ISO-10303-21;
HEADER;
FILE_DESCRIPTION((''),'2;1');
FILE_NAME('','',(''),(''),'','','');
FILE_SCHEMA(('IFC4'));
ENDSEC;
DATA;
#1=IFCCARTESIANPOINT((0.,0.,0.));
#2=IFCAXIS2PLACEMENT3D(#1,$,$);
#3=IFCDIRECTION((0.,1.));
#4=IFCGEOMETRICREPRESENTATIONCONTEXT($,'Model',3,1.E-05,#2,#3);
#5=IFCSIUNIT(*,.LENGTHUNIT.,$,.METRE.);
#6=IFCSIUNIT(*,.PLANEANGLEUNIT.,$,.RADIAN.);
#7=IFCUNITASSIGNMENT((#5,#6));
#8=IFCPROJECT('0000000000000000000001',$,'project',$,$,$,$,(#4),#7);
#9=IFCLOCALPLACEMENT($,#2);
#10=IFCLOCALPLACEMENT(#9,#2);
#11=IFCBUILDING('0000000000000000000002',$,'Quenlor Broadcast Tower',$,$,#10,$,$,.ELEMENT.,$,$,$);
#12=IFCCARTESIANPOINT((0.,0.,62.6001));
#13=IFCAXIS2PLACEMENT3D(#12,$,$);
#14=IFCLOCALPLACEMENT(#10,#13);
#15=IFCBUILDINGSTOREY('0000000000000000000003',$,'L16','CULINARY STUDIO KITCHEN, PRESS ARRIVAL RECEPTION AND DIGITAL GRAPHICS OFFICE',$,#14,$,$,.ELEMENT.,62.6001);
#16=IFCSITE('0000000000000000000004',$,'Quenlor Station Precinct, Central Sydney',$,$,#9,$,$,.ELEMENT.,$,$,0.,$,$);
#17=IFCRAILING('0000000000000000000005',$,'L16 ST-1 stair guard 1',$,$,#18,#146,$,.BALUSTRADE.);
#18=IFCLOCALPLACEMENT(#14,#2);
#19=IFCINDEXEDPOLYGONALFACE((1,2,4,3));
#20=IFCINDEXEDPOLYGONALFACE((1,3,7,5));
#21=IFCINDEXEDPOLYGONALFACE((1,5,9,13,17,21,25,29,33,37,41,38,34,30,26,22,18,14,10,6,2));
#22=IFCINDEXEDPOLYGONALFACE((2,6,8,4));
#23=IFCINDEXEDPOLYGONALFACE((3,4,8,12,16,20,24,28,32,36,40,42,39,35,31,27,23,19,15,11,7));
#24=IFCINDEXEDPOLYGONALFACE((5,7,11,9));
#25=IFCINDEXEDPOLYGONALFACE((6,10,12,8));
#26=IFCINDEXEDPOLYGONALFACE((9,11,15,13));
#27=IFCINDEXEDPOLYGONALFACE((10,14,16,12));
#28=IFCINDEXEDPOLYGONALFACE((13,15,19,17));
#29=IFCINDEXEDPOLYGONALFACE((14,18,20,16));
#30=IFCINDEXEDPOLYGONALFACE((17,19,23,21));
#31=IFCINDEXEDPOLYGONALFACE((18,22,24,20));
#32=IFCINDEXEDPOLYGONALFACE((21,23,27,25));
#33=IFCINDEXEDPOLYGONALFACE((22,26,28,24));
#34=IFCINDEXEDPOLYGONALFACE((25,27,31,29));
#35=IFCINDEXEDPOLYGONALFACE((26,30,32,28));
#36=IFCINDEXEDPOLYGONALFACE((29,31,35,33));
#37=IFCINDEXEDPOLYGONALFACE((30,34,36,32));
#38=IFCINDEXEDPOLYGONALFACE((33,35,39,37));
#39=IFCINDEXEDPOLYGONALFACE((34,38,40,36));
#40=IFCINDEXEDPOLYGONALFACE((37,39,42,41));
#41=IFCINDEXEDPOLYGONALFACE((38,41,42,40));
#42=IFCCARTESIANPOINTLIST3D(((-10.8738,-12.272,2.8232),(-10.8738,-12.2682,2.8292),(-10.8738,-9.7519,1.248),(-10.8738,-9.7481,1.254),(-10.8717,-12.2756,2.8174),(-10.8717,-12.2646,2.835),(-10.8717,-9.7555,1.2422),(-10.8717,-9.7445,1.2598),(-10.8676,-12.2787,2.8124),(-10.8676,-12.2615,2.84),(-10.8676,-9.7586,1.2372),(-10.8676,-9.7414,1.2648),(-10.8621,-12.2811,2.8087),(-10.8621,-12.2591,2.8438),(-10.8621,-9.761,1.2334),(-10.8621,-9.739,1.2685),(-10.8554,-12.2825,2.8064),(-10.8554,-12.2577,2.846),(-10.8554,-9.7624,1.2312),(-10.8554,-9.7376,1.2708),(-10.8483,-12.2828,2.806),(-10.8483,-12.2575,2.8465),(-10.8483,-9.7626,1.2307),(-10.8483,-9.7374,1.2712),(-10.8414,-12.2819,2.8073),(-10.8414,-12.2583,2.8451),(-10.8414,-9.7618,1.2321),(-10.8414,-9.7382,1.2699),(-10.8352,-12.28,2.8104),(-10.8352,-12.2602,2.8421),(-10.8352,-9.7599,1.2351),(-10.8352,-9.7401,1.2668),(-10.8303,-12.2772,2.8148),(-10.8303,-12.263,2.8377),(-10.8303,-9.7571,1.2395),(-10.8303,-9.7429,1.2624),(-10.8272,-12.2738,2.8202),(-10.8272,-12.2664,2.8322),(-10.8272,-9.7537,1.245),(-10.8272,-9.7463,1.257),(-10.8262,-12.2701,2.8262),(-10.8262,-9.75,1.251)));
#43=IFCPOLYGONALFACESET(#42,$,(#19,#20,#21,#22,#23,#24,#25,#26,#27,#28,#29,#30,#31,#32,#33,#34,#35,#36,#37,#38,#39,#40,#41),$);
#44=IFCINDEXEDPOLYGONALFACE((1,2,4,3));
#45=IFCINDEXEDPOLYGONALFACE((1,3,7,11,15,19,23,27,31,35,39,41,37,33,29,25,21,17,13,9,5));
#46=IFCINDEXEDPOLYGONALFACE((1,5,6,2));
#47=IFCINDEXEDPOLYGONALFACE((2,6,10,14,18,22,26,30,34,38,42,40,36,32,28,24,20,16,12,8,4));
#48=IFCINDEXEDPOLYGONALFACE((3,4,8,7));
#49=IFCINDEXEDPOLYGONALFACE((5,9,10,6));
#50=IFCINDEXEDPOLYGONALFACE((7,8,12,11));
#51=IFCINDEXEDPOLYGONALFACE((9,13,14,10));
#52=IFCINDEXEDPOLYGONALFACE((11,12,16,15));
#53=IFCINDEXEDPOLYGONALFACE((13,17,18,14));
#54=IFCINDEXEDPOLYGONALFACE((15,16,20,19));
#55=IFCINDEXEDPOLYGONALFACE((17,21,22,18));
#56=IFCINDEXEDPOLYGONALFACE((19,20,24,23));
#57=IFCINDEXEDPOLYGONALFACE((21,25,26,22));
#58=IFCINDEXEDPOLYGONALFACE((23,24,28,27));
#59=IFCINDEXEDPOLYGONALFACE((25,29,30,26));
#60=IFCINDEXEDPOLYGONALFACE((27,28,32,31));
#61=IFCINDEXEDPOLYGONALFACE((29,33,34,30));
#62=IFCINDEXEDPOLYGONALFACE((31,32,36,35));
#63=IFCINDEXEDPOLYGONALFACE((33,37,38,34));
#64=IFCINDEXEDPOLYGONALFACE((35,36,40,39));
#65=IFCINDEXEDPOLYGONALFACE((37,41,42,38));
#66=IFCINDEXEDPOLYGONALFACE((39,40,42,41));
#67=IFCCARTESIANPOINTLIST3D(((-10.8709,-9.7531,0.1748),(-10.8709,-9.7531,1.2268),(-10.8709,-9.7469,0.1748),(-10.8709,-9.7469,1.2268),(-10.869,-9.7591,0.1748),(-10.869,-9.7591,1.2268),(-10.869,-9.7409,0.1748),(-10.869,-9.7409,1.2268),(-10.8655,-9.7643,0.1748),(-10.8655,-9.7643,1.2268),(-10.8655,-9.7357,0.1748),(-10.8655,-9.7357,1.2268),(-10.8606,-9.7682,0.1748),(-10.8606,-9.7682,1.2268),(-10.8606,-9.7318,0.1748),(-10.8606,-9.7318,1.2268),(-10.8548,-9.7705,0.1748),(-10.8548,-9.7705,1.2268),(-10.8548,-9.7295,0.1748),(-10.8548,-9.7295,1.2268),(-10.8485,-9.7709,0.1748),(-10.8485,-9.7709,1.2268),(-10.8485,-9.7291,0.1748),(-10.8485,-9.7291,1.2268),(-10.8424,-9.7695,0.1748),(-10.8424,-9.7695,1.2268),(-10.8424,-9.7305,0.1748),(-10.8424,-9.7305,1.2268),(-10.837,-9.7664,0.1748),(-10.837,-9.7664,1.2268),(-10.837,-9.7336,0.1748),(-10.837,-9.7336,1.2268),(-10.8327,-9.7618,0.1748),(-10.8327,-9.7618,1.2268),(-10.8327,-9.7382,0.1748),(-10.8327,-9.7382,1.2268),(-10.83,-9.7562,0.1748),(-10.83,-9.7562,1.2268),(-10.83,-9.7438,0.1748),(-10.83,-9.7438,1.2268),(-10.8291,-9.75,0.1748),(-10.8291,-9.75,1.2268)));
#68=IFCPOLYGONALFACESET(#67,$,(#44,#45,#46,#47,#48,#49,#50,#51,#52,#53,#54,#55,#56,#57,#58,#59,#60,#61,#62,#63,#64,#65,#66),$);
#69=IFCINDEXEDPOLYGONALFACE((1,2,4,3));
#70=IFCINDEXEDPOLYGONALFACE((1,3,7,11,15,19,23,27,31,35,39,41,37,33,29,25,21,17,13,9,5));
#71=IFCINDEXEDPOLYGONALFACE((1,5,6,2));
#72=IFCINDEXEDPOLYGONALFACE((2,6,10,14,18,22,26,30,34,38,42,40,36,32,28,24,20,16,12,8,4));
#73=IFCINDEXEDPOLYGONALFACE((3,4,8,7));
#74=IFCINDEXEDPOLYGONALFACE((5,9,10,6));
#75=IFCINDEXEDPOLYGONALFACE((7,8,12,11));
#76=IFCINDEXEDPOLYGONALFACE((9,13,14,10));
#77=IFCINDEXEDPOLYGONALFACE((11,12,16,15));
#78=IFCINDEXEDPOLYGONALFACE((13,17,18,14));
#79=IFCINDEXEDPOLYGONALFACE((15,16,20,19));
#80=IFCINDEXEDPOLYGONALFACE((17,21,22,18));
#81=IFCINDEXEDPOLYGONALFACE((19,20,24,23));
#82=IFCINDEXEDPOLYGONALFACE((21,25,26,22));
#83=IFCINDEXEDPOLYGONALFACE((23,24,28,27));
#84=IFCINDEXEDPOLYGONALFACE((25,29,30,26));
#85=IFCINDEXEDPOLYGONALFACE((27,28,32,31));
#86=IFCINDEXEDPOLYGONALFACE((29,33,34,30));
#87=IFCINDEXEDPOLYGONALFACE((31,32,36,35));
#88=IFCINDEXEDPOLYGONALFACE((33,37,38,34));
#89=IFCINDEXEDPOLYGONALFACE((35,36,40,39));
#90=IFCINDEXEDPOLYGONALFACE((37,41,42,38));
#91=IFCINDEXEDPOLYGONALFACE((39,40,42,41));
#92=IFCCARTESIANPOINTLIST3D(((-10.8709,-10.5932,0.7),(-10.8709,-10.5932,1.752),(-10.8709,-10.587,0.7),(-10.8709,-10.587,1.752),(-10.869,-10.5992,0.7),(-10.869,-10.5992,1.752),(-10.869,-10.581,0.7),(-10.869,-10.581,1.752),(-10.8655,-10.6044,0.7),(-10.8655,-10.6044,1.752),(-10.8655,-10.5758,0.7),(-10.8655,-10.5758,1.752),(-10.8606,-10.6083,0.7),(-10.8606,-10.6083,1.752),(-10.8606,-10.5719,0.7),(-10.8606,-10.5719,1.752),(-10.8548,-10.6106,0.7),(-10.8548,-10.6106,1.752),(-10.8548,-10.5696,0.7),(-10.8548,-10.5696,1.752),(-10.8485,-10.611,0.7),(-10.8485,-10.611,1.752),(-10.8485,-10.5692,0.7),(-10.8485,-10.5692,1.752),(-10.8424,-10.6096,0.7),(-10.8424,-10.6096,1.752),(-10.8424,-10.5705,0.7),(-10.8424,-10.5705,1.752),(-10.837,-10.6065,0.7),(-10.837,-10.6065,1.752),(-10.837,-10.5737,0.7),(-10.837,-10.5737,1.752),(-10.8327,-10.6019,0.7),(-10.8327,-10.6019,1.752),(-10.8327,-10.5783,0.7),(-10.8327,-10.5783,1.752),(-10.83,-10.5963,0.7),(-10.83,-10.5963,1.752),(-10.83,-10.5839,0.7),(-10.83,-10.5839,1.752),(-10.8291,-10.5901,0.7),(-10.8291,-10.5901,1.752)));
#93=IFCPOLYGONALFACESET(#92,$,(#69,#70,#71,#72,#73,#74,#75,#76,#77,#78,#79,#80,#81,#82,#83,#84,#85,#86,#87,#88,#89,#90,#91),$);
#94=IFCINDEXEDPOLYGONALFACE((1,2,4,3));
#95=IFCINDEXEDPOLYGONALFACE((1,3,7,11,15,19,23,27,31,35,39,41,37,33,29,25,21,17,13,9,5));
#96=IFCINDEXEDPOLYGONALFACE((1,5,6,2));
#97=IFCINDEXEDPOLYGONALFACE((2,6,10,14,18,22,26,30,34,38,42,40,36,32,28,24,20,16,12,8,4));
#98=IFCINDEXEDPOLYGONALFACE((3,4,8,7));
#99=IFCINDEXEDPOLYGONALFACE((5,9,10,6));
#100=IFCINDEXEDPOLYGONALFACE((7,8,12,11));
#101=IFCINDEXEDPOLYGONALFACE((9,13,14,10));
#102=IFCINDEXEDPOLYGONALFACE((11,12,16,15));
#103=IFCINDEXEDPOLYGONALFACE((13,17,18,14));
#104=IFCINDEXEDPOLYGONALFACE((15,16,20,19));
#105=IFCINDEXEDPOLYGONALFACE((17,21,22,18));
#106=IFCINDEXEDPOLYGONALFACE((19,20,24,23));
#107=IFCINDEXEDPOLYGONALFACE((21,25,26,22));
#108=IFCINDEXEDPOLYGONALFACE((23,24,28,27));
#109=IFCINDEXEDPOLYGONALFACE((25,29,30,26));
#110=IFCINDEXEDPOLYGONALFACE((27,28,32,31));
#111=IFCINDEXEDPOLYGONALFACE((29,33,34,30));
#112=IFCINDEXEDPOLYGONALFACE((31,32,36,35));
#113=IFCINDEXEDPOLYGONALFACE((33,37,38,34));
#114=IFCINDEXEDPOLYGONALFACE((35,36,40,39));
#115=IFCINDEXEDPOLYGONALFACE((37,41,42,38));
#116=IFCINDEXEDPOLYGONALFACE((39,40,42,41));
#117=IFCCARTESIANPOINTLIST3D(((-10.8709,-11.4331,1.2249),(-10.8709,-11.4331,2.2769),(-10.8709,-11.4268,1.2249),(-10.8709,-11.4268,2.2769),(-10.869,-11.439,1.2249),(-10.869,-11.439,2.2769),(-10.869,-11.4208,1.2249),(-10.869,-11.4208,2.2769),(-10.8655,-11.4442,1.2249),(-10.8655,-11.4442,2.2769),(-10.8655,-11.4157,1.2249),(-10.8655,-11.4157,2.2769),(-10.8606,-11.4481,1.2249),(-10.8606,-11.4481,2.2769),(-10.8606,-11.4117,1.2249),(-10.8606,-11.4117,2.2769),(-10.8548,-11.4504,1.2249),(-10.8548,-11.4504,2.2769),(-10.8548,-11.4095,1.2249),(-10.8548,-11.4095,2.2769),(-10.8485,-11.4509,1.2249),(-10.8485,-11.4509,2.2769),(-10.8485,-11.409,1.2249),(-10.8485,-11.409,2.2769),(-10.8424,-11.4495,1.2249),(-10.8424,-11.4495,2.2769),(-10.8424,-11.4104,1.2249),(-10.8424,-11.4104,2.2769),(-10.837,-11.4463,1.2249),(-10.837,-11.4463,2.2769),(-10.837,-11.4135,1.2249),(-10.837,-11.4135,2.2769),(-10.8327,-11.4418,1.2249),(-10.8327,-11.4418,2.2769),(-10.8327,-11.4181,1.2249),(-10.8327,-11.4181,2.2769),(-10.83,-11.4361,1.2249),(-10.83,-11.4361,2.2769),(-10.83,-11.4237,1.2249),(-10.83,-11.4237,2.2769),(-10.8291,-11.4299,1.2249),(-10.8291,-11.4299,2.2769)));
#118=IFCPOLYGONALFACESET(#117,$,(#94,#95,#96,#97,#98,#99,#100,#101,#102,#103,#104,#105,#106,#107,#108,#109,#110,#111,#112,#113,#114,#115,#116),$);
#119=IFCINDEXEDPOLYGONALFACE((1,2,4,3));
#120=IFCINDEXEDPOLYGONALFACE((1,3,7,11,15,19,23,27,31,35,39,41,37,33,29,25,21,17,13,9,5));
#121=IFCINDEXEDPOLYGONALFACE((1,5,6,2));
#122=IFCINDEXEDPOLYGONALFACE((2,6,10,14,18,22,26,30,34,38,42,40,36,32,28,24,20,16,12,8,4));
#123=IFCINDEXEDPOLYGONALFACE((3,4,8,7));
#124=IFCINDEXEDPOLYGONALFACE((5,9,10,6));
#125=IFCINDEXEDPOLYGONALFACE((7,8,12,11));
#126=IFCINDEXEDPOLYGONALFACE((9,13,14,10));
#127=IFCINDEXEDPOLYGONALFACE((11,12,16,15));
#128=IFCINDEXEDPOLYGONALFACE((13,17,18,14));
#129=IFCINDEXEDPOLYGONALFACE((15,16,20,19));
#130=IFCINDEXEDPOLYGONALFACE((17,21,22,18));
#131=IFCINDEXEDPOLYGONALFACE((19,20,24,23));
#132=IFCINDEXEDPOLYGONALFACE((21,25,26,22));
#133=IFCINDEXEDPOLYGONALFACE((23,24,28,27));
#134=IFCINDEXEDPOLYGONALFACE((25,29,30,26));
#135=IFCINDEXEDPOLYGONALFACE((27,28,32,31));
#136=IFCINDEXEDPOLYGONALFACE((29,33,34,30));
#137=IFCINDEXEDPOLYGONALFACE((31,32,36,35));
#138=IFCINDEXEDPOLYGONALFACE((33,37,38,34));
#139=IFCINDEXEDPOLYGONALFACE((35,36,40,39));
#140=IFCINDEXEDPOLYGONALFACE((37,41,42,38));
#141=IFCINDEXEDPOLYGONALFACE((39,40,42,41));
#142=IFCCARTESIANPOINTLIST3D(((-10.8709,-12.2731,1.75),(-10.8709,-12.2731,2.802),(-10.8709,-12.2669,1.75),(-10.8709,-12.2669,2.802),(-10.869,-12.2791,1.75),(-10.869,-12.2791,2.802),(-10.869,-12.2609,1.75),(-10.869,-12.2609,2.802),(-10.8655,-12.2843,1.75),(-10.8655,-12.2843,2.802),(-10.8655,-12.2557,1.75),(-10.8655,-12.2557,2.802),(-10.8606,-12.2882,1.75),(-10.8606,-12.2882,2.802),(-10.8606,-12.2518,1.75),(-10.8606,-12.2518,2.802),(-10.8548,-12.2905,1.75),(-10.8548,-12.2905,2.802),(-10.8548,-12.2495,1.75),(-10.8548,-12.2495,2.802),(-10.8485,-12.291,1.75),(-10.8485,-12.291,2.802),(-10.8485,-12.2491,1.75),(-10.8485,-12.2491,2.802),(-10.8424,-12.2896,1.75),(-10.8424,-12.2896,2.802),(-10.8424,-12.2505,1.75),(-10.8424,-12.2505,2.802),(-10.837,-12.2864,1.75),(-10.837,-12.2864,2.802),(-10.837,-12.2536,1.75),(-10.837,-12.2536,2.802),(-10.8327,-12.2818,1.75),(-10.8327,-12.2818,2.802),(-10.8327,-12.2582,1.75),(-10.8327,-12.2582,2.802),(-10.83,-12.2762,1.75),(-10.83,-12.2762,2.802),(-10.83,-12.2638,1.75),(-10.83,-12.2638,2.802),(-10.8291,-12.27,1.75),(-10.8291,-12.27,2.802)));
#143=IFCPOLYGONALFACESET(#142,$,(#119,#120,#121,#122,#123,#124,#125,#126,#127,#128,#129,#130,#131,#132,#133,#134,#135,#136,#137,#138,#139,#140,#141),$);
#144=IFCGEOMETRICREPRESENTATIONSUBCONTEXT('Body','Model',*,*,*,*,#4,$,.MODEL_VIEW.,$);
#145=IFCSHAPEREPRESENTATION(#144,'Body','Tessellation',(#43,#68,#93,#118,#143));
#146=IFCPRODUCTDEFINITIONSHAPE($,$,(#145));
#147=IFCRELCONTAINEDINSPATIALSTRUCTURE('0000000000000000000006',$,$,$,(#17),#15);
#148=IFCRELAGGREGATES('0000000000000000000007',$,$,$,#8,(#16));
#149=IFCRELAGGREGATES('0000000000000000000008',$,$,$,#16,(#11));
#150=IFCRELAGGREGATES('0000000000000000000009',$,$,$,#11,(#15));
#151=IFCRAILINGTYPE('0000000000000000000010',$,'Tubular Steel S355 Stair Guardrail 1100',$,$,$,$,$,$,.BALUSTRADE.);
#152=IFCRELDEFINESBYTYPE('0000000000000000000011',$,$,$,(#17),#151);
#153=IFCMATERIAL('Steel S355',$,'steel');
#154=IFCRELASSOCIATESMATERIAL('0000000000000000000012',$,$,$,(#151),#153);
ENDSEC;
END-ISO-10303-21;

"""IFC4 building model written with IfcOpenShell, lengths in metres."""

from ifc_helpers import new_model, si_unit, direction, frame, origin, origin_2d, place, context, subcontext, project, spatial, circle, extrude, material, type_object, element, save


model = new_model("IFC4")

# Units and contexts
model_context = context("Model", 3, precision=1e-05, world=origin(), true_north=direction((0.0, 1.0)))
body_context = subcontext(model_context, "Body", "Model", "MODEL_VIEW")
ifc_project = project(units=[si_unit("LENGTHUNIT", "METRE"), si_unit("PLANEANGLEUNIT", "RADIAN")], contexts=[model_context])

# Site, building, storey
site_placement = place(None, origin())
site = spatial("IfcSite", under=ifc_project, at=site_placement, Name="Quenlor Station Precinct, Central Sydney", CompositionType="ELEMENT", RefElevation=0.0)
building_placement = place(site_placement, origin())
building = spatial("IfcBuilding", under=site, at=building_placement, Name="Quenlor Broadcast Tower", CompositionType="ELEMENT")
storey_placement = place(building_placement, frame((0.0, 0.0, 62.6001)))
storey = spatial("IfcBuildingStorey", under=building, at=storey_placement, Name="L16", Description="CULINARY STUDIO KITCHEN, PRESS ARRIVAL RECEPTION AND DIGITAL GRAPHICS OFFICE", CompositionType="ELEMENT", Elevation=62.6001)

# Railing
ifc_material_1 = material(Name="Steel S355", Category="steel")
railing_type_1 = type_object("IfcRailingType", Name="Tubular Steel S355 Stair Guardrail 1100", PredefinedType="BALUSTRADE", material=ifc_material_1)
railing_1_placement = place(storey_placement, frame((-10.8501, -9.75, 0.1748)))
element("IfcRailing", 1, at=railing_1_placement, inside=storey, type_object=railing_type_1, Name="L16 ST-1 stair guard 1", PredefinedType="BALUSTRADE", context=body_context, shape_type="SweptSolid", body=[
    extrude(circle(Radius=0.0239, at=origin_2d()), frame((0.0, 0.0, 1.0762), z_axis=(0.0, -0.847971, 0.530043), x_axis=(1.0, 0.0, 0.0)), (0.0, 0.0, 1.0), 2.9719),
    extrude(circle(Radius=0.021, at=origin_2d()), origin(), (0.0, 0.0, 1.0), 1.052),
    extrude(circle(Radius=0.021, at=origin_2d()), frame((0.0, -0.8401, 0.5251)), (0.0, 0.0, 1.0), 1.052),
    extrude(circle(Radius=0.021, at=origin_2d()), frame((0.0, -1.6799, 1.05)), (0.0, 0.0, 1.0), 1.052),
    extrude(circle(Radius=0.021, at=origin_2d()), frame((0.0, -2.52, 1.5752)), (0.0, 0.0, 1.0), 1.052),
])

save(model, "model.ifc")
